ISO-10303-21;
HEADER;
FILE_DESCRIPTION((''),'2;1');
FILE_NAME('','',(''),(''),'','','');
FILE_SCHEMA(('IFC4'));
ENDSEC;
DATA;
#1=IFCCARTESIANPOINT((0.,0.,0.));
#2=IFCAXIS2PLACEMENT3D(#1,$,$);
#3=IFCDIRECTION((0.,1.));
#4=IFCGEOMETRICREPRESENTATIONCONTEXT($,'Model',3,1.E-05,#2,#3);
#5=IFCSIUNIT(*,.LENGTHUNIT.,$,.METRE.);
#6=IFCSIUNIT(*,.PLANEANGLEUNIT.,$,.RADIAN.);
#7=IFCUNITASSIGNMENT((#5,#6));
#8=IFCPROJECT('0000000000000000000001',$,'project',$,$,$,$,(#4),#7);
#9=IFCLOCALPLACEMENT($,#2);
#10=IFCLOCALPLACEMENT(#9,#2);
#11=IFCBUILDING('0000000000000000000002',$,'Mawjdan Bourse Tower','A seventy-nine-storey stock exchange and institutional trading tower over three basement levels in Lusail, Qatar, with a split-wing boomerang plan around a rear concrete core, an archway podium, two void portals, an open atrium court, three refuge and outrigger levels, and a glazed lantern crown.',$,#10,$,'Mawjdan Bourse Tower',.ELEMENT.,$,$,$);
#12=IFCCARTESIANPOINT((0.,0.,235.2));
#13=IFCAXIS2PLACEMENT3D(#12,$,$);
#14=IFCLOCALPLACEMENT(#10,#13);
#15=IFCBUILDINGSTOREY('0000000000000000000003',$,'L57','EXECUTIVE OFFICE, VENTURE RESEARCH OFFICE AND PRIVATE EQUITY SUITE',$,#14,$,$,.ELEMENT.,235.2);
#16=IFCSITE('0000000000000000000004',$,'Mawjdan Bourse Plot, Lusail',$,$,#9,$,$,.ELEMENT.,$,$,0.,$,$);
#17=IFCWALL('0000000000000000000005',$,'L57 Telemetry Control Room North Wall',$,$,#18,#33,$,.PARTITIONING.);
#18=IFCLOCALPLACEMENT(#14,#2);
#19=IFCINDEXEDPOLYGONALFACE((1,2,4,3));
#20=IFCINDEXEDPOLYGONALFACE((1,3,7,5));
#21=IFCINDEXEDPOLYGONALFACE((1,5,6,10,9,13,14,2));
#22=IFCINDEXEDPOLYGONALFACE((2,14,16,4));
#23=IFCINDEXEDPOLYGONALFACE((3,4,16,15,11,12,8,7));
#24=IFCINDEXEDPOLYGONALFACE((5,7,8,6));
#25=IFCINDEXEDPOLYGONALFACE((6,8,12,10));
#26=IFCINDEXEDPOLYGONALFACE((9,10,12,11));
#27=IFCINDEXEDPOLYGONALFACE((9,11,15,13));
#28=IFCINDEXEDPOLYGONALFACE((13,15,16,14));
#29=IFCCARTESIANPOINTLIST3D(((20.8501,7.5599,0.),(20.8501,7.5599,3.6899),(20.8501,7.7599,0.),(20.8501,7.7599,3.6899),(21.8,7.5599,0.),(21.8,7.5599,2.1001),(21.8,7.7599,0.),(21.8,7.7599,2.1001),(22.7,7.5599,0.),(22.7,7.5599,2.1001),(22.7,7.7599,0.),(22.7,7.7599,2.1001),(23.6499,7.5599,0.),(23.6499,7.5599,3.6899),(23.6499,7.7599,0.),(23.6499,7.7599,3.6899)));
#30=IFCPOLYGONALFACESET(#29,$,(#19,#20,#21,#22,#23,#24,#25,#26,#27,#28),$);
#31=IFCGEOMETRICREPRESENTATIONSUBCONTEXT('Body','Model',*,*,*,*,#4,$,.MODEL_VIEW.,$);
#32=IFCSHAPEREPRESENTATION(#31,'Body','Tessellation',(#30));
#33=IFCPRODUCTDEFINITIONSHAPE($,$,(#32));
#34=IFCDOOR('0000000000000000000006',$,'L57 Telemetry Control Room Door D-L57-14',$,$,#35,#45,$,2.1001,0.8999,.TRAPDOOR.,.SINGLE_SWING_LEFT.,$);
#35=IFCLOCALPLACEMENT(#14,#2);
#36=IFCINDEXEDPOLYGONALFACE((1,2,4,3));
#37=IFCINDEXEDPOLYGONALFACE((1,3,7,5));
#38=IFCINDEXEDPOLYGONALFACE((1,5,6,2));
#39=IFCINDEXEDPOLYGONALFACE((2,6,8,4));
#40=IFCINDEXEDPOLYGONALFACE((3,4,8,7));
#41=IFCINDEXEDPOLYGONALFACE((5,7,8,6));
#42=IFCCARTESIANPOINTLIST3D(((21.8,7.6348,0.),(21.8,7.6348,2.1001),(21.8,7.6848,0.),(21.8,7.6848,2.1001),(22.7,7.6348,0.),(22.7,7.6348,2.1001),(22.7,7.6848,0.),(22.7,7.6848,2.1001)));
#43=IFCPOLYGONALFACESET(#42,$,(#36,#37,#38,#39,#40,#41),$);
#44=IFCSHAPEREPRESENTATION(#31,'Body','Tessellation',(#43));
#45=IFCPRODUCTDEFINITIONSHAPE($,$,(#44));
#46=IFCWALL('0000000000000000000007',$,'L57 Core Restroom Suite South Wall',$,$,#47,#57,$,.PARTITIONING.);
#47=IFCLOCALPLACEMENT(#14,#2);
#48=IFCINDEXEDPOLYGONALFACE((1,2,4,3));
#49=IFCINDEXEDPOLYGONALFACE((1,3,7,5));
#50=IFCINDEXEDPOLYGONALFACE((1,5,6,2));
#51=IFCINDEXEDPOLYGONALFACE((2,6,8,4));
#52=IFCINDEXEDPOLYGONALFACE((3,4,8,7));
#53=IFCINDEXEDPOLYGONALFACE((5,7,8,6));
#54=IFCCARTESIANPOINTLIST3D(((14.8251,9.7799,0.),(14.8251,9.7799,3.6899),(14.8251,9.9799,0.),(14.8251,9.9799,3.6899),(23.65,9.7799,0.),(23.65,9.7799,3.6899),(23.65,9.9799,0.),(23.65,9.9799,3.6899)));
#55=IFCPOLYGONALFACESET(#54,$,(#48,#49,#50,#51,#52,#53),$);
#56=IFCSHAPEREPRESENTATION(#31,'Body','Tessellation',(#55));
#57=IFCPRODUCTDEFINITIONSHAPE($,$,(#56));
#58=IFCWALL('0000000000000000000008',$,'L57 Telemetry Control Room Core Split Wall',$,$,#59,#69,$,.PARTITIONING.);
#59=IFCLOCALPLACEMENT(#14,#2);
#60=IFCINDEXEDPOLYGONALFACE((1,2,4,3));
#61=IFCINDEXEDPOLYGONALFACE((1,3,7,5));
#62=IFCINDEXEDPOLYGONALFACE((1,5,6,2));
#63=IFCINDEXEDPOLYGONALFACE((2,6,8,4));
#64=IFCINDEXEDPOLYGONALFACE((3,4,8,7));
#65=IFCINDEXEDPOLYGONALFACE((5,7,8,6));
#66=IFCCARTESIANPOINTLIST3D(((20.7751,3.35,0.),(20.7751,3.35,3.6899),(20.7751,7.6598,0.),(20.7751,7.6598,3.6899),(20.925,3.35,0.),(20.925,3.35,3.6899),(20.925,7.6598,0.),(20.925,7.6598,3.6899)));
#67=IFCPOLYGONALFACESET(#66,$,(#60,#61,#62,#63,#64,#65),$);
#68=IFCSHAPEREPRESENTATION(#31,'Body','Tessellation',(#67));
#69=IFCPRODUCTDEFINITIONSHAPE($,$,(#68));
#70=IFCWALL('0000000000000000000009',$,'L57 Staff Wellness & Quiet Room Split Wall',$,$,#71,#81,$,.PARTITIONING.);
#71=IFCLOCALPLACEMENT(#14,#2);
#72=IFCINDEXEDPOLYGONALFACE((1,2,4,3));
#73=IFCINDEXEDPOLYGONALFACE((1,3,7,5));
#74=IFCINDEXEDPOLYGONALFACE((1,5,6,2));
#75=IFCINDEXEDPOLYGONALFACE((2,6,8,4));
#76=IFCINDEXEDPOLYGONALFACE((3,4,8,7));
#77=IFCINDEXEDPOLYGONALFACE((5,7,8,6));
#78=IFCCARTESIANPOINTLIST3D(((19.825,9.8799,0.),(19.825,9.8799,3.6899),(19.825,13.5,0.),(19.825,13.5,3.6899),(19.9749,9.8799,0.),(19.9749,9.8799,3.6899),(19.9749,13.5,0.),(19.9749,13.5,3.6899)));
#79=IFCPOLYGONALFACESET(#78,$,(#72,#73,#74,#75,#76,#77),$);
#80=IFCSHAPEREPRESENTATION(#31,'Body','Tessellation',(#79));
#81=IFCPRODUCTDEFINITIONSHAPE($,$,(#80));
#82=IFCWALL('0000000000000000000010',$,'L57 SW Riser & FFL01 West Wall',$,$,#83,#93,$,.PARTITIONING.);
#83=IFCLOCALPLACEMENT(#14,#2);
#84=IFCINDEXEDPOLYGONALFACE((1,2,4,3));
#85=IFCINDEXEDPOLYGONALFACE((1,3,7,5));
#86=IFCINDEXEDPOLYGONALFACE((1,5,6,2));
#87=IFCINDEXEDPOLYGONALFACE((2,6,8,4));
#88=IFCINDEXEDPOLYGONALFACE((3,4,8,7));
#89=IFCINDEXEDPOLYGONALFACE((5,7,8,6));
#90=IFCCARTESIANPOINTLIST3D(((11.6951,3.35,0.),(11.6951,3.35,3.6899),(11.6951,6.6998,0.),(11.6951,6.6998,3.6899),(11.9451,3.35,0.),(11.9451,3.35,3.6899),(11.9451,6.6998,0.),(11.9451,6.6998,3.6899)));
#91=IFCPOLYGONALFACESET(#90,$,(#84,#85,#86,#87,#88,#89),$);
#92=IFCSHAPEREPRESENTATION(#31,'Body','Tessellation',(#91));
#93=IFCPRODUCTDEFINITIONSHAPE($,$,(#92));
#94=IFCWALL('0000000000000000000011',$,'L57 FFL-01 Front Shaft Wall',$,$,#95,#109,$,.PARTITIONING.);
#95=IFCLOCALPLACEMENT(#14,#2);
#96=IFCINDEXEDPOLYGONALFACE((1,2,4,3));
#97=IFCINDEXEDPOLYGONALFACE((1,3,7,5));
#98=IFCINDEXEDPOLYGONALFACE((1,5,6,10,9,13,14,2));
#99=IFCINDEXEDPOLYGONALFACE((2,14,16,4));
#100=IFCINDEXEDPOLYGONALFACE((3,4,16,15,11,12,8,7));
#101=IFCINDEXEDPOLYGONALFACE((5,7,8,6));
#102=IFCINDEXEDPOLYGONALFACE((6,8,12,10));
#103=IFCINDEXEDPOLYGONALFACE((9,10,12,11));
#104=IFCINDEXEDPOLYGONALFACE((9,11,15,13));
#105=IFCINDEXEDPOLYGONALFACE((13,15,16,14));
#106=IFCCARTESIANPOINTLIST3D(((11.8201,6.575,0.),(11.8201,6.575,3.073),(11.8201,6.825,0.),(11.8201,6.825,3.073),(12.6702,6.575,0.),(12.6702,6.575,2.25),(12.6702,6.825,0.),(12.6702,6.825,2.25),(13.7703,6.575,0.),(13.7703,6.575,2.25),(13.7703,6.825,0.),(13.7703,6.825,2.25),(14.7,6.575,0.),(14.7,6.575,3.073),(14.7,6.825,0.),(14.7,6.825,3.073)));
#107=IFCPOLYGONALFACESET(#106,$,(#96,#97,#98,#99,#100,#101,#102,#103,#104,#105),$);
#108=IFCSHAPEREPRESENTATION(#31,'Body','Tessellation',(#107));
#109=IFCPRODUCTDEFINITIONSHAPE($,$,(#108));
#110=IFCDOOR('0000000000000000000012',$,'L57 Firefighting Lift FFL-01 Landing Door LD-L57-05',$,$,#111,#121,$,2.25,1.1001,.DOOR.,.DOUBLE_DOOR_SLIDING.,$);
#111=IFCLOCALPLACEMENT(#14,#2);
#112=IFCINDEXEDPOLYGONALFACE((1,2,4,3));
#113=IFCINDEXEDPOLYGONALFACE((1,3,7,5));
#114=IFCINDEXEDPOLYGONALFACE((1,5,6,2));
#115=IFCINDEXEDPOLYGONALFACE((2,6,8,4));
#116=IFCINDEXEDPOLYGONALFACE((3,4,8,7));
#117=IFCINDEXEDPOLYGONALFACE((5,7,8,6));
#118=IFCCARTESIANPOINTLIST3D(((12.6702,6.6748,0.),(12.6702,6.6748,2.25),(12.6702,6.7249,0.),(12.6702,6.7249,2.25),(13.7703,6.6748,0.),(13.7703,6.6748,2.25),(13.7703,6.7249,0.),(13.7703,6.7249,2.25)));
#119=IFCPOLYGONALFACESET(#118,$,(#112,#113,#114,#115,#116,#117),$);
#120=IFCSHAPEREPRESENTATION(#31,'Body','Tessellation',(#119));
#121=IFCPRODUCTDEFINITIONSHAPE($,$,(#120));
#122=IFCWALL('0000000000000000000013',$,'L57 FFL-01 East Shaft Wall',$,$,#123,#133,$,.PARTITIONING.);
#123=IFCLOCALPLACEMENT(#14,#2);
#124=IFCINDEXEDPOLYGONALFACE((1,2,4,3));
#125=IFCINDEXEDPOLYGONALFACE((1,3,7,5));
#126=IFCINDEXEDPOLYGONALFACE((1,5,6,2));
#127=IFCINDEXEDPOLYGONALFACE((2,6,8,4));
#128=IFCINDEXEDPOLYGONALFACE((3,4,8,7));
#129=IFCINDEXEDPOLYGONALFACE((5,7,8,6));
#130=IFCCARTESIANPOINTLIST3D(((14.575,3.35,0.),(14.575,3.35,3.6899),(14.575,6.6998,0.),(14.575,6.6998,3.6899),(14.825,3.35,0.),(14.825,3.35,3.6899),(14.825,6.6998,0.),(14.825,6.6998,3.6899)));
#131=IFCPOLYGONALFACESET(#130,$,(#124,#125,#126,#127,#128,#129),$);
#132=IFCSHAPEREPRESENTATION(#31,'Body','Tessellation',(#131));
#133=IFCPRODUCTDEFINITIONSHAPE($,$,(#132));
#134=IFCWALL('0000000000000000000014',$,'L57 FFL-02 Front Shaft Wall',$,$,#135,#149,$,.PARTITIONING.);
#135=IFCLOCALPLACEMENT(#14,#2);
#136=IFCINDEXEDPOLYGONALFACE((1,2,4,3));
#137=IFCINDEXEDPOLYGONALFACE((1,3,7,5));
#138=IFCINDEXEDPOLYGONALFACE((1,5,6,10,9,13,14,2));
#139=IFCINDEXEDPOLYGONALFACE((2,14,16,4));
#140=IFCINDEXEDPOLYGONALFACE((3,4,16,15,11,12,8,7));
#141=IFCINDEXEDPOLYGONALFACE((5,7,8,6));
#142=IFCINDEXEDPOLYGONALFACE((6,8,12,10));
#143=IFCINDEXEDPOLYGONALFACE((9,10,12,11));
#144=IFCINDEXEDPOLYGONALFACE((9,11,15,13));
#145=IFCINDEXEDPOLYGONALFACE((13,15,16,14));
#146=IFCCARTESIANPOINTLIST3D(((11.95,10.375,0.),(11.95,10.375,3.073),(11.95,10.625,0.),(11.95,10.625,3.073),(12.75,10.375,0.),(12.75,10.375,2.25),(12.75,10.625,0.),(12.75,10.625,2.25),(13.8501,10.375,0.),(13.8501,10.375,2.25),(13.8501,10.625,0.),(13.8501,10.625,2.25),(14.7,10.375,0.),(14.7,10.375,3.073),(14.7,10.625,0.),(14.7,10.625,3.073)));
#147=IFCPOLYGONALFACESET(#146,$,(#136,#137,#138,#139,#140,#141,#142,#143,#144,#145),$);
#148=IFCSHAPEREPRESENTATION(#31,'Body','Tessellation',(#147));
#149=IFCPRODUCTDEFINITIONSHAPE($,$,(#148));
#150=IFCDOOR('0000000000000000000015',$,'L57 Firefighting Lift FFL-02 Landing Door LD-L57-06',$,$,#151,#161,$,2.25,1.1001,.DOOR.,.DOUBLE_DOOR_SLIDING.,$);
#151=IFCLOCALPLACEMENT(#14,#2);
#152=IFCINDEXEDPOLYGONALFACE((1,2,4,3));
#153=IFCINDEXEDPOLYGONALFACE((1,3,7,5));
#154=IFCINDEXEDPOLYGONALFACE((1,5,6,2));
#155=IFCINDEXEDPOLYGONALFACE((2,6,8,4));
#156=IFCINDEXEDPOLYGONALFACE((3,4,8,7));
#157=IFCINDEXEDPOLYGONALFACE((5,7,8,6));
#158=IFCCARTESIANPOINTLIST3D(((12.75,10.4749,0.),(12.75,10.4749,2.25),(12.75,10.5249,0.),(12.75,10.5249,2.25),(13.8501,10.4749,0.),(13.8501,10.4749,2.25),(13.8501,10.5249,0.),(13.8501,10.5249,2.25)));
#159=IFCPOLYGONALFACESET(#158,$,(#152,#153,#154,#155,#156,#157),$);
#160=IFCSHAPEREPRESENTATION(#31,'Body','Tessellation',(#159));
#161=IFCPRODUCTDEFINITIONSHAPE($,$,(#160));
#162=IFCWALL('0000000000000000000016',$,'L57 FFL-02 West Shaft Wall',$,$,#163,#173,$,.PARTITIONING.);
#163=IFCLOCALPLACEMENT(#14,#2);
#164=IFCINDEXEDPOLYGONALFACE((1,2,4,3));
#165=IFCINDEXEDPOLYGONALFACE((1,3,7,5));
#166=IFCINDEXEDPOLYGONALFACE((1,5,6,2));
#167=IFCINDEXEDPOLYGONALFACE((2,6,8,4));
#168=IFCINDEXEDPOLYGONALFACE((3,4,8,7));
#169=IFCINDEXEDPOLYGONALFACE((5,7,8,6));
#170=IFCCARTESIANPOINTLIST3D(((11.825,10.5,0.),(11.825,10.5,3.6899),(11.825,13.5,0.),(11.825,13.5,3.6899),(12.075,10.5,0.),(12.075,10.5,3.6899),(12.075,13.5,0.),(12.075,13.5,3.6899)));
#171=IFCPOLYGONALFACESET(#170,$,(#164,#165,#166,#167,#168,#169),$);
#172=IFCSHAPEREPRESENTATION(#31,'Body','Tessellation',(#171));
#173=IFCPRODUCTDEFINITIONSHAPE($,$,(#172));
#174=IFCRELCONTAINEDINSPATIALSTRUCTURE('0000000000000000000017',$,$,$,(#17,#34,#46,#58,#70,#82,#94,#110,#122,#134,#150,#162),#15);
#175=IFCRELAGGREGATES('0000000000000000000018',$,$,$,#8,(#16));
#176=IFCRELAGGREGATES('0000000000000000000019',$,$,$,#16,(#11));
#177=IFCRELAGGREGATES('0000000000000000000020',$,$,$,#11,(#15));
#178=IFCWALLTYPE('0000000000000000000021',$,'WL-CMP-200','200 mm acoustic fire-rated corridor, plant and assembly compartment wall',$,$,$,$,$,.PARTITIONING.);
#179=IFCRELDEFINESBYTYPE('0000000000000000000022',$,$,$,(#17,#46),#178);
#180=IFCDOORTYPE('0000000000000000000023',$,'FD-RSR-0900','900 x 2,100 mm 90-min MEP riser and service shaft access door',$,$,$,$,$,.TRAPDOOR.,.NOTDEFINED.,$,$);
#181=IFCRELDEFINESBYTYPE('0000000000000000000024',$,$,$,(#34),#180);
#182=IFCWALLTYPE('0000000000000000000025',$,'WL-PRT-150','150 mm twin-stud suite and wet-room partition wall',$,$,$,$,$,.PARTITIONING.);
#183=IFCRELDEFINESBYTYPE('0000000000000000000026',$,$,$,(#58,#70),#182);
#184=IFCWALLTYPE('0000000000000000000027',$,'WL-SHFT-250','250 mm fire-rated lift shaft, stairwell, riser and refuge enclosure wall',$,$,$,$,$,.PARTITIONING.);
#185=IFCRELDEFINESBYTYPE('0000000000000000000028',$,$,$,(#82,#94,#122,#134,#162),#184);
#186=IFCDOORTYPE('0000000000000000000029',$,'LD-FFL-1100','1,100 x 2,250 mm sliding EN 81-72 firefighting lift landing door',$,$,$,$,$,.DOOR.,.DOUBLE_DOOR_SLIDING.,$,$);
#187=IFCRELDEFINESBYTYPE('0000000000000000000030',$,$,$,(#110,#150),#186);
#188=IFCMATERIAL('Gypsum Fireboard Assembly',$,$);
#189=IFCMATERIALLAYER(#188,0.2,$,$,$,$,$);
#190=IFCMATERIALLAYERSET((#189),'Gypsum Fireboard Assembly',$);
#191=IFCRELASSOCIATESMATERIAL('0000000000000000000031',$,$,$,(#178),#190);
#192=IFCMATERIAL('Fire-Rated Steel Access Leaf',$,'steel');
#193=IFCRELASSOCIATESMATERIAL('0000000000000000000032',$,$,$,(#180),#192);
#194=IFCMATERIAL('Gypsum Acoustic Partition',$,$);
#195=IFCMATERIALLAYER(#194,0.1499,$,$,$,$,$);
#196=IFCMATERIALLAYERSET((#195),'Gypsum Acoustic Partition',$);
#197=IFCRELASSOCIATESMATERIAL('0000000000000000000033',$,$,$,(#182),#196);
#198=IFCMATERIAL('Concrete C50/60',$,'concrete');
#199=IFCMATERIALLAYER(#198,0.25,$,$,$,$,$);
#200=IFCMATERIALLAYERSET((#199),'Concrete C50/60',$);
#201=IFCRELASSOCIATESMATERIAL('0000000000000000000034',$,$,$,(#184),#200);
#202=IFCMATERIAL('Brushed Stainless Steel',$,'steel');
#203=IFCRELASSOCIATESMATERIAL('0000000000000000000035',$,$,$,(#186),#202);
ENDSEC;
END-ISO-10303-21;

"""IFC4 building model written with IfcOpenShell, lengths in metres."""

from ifc_helpers import new_model, si_unit, direction, frame, frame_2d, origin, place, context, subcontext, project, spatial, rectangle, extrude, material, layer, layer_set, type_object, element, fill, save


model = new_model("IFC4")

# Units and contexts
model_context = context("Model", 3, precision=1e-05, world=origin(), true_north=direction((0.0, 1.0)))
body_context = subcontext(model_context, "Body", "Model", "MODEL_VIEW")
ifc_project = project(units=[si_unit("LENGTHUNIT", "METRE"), si_unit("PLANEANGLEUNIT", "RADIAN")], contexts=[model_context])

# Site, building, storey
site_placement = place(None, origin())
site = spatial("IfcSite", under=ifc_project, at=site_placement, Name="Mawjdan Bourse Plot, Lusail", CompositionType="ELEMENT", RefElevation=0.0)
building_placement = place(site_placement, origin())
building = spatial("IfcBuilding", under=site, at=building_placement, Name="Mawjdan Bourse Tower", Description="A seventy-nine-storey stock exchange and institutional trading tower over three basement levels in Lusail, Qatar, with a split-wing boomerang plan around a rear concrete core, an archway podium, two void portals, an open atrium court, three refuge and outrigger levels, and a glazed lantern crown.", LongName="Mawjdan Bourse Tower", CompositionType="ELEMENT")
storey_placement = place(building_placement, frame((0.0, 0.0, 235.2)))
storey = spatial("IfcBuildingStorey", under=building, at=storey_placement, Name="L57", Description="EXECUTIVE OFFICE, VENTURE RESEARCH OFFICE AND PRIVATE EQUITY SUITE", CompositionType="ELEMENT", Elevation=235.2)

# Wall, opening, door
ifc_material_1 = material(Name="Gypsum Fireboard Assembly")
ifc_layer_1 = layer(ifc_material_1, 0.2)
ifc_layer_set_1 = layer_set([ifc_layer_1], Name="Gypsum Fireboard Assembly")
wall_type_1 = type_object("IfcWallType", Name="WL-CMP-200", Description="200 mm acoustic fire-rated corridor, plant and assembly compartment wall", PredefinedType="PARTITIONING", material=ifc_layer_set_1)
wall_1_placement = place(storey_placement, frame((20.8501, 7.6599, 0.0), z_axis=(0.0, 0.0, 1.0), x_axis=(1.0, 0.0, 0.0)))
wall_1 = element("IfcWall", 1, at=wall_1_placement, inside=storey, type_object=wall_type_1, Name="L57 Telemetry Control Room North Wall", PredefinedType="PARTITIONING", context=body_context, shape_type="SweptSolid", body=[
    extrude(rectangle(XDim=2.7998, YDim=0.2, at=frame_2d((1.3999, 0.0))), origin(), (0.0, 0.0, 1.0), 3.6899),
])
opening_1_placement = place(wall_1_placement, frame((0.95, 0.0, 0.0)))
opening_1 = element("IfcOpeningElement", 2, at=opening_1_placement, cuts=wall_1, PredefinedType="OPENING", context=body_context, shape_type="SweptSolid", body=[
    extrude(rectangle(XDim=0.8999, YDim=2.1001, at=frame_2d((0.45, 1.05))), frame((0.0, 0.1099, 0.0), z_axis=(0.0, -1.0, 0.0), x_axis=(1.0, 0.0, 0.0)), (0.0, 0.0, 1.0), 0.22),
])
ifc_material_2 = material(Name="Fire-Rated Steel Access Leaf", Category="steel")
door_type_1 = type_object("IfcDoorType", Name="FD-RSR-0900", Description="900 x 2,100 mm 90-min MEP riser and service shaft access door", OperationType="NOTDEFINED", PredefinedType="TRAPDOOR", material=ifc_material_2)
door_1_placement = place(opening_1_placement, origin())
door_1 = element("IfcDoor", 3, at=door_1_placement, inside=storey, type_object=door_type_1, Name="L57 Telemetry Control Room Door D-L57-14", OperationType="SINGLE_SWING_LEFT", OverallHeight=2.1001, OverallWidth=0.8999, PredefinedType="TRAPDOOR", context=body_context, shape_type="SweptSolid", body=[
    extrude(rectangle(XDim=0.8999, YDim=2.1001, at=frame_2d((0.45, 1.05))), frame((0.0, 0.0249, 0.0), z_axis=(0.0, -1.0, 0.0), x_axis=(1.0, 0.0, 0.0)), (0.0, 0.0, 1.0), 0.05),
])
fill(opening_1, door_1)

# Walls
wall_2_placement = place(storey_placement, frame((14.825, 9.8799, 0.0), z_axis=(0.0, 0.0, 1.0), x_axis=(1.0, 0.0, 0.0)))
element("IfcWall", 4, at=wall_2_placement, inside=storey, type_object=wall_type_1, Name="L57 Core Restroom Suite South Wall", PredefinedType="PARTITIONING", context=body_context, shape_type="SweptSolid", body=[
    extrude(rectangle(XDim=8.825, YDim=0.2, at=frame_2d((4.4126, 0.0))), origin(), (0.0, 0.0, 1.0), 3.6899),
])
ifc_material_3 = material(Name="Gypsum Acoustic Partition")
ifc_layer_2 = layer(ifc_material_3, 0.1499)
ifc_layer_set_2 = layer_set([ifc_layer_2], Name="Gypsum Acoustic Partition")
wall_type_2 = type_object("IfcWallType", Name="WL-PRT-150", Description="150 mm twin-stud suite and wet-room partition wall", PredefinedType="PARTITIONING", material=ifc_layer_set_2)
wall_3_placement = place(storey_placement, frame((20.8501, 3.3501, 0.0), z_axis=(0.0, 0.0, 1.0), x_axis=(0.0, 1.0, 0.0)))
element("IfcWall", 5, at=wall_3_placement, inside=storey, type_object=wall_type_2, Name="L57 Telemetry Control Room Core Split Wall", PredefinedType="PARTITIONING", context=body_context, shape_type="SweptSolid", body=[
    extrude(rectangle(XDim=4.3098, YDim=0.1499, at=frame_2d((2.1548, 0.0))), origin(), (0.0, 0.0, 1.0), 3.6899),
])
wall_4_placement = place(storey_placement, frame((19.8999, 9.8799, 0.0), z_axis=(0.0, 0.0, 1.0), x_axis=(0.0, 1.0, 0.0)))
element("IfcWall", 6, at=wall_4_placement, inside=storey, type_object=wall_type_2, Name="L57 Staff Wellness & Quiet Room Split Wall", PredefinedType="PARTITIONING", context=body_context, shape_type="SweptSolid", body=[
    extrude(rectangle(XDim=3.6201, YDim=0.1499, at=frame_2d((1.8101, 0.0))), origin(), (0.0, 0.0, 1.0), 3.6899),
])
ifc_material_4 = material(Name="Concrete C50/60", Category="concrete")
ifc_layer_3 = layer(ifc_material_4, 0.25)
ifc_layer_set_3 = layer_set([ifc_layer_3], Name="Concrete C50/60")
wall_type_3 = type_object("IfcWallType", Name="WL-SHFT-250", Description="250 mm fire-rated lift shaft, stairwell, riser and refuge enclosure wall", PredefinedType="PARTITIONING", material=ifc_layer_set_3)
wall_5_placement = place(storey_placement, frame((11.8201, 3.3501, 0.0), z_axis=(0.0, 0.0, 1.0), x_axis=(0.0, 1.0, 0.0)))
element("IfcWall", 7, at=wall_5_placement, inside=storey, type_object=wall_type_3, Name="L57 SW Riser & FFL01 West Wall", PredefinedType="PARTITIONING", context=body_context, shape_type="SweptSolid", body=[
    extrude(rectangle(XDim=3.3499, YDim=0.25, at=frame_2d((1.6748, 0.0))), origin(), (0.0, 0.0, 1.0), 3.6899),
])

# Wall, opening, door
wall_6_placement = place(storey_placement, frame((11.8201, 6.7, 0.0), z_axis=(0.0, 0.0, 1.0), x_axis=(1.0, 0.0, 0.0)))
wall_6 = element("IfcWall", 8, at=wall_6_placement, inside=storey, type_object=wall_type_3, Name="L57 FFL-01 Front Shaft Wall", PredefinedType="PARTITIONING", context=body_context, shape_type="SweptSolid", body=[
    extrude(rectangle(XDim=2.8799, YDim=0.25, at=frame_2d((1.4399, 0.0))), origin(), (0.0, 0.0, 1.0), 3.073),
])
opening_2_placement = place(wall_6_placement, frame((0.8501, 0.0, 0.0)))
opening_2 = element("IfcOpeningElement", 9, at=opening_2_placement, cuts=wall_6, PredefinedType="OPENING", context=body_context, shape_type="SweptSolid", body=[
    extrude(rectangle(XDim=1.1001, YDim=2.25, at=frame_2d((0.55, 1.125))), frame((0.0, 0.135, 0.0), z_axis=(0.0, -1.0, 0.0), x_axis=(1.0, 0.0, 0.0)), (0.0, 0.0, 1.0), 0.27),
])
ifc_material_5 = material(Name="Brushed Stainless Steel", Category="steel")
door_type_2 = type_object("IfcDoorType", Name="LD-FFL-1100", Description="1,100 x 2,250 mm sliding EN 81-72 firefighting lift landing door", OperationType="DOUBLE_DOOR_SLIDING", PredefinedType="DOOR", material=ifc_material_5)
door_2_placement = place(opening_2_placement, origin())
door_2 = element("IfcDoor", 10, at=door_2_placement, inside=storey, type_object=door_type_2, Name="L57 Firefighting Lift FFL-01 Landing Door LD-L57-05", OperationType="DOUBLE_DOOR_SLIDING", OverallHeight=2.25, OverallWidth=1.1001, PredefinedType="DOOR", context=body_context, shape_type="SweptSolid", body=[
    extrude(rectangle(XDim=1.1001, YDim=2.25, at=frame_2d((0.55, 1.125))), frame((0.0, 0.0249, 0.0), z_axis=(0.0, -1.0, 0.0), x_axis=(1.0, 0.0, 0.0)), (0.0, 0.0, 1.0), 0.05),
])
fill(opening_2, door_2)

# Wall
wall_7_placement = place(storey_placement, frame((14.7, 3.3501, 0.0), z_axis=(0.0, 0.0, 1.0), x_axis=(0.0, 1.0, 0.0)))
element("IfcWall", 11, at=wall_7_placement, inside=storey, type_object=wall_type_3, Name="L57 FFL-01 East Shaft Wall", PredefinedType="PARTITIONING", context=body_context, shape_type="SweptSolid", body=[
    extrude(rectangle(XDim=3.3499, YDim=0.25, at=frame_2d((1.6748, 0.0))), origin(), (0.0, 0.0, 1.0), 3.6899),
])

# Wall, opening, door
wall_8_placement = place(storey_placement, frame((11.95, 10.5, 0.0), z_axis=(0.0, 0.0, 1.0), x_axis=(1.0, 0.0, 0.0)))
wall_8 = element("IfcWall", 12, at=wall_8_placement, inside=storey, type_object=wall_type_3, Name="L57 FFL-02 Front Shaft Wall", PredefinedType="PARTITIONING", context=body_context, shape_type="SweptSolid", body=[
    extrude(rectangle(XDim=2.75, YDim=0.25, at=frame_2d((1.375, 0.0))), origin(), (0.0, 0.0, 1.0), 3.073),
])
opening_3_placement = place(wall_8_placement, frame((0.8, 0.0, 0.0)))
opening_3 = element("IfcOpeningElement", 13, at=opening_3_placement, cuts=wall_8, PredefinedType="OPENING", context=body_context, shape_type="SweptSolid", body=[
    extrude(rectangle(XDim=1.1001, YDim=2.25, at=frame_2d((0.55, 1.125))), frame((0.0, 0.135, 0.0), z_axis=(0.0, -1.0, 0.0), x_axis=(1.0, 0.0, 0.0)), (0.0, 0.0, 1.0), 0.27),
])
door_3_placement = place(opening_3_placement, origin())
door_3 = element("IfcDoor", 14, at=door_3_placement, inside=storey, type_object=door_type_2, Name="L57 Firefighting Lift FFL-02 Landing Door LD-L57-06", OperationType="DOUBLE_DOOR_SLIDING", OverallHeight=2.25, OverallWidth=1.1001, PredefinedType="DOOR", context=body_context, shape_type="SweptSolid", body=[
    extrude(rectangle(XDim=1.1001, YDim=2.25, at=frame_2d((0.55, 1.125))), frame((0.0, 0.0249, 0.0), z_axis=(0.0, -1.0, 0.0), x_axis=(1.0, 0.0, 0.0)), (0.0, 0.0, 1.0), 0.05),
])
fill(opening_3, door_3)

# Wall
wall_9_placement = place(storey_placement, frame((11.95, 10.5, 0.0), z_axis=(0.0, 0.0, 1.0), x_axis=(0.0, 1.0, 0.0)))
element("IfcWall", 15, at=wall_9_placement, inside=storey, type_object=wall_type_3, Name="L57 FFL-02 West Shaft Wall", PredefinedType="PARTITIONING", context=body_context, shape_type="SweptSolid", body=[
    extrude(rectangle(XDim=3.0, YDim=0.25, at=frame_2d((1.5, 0.0))), origin(), (0.0, 0.0, 1.0), 3.6899),
])

save(model, "model.ifc")
